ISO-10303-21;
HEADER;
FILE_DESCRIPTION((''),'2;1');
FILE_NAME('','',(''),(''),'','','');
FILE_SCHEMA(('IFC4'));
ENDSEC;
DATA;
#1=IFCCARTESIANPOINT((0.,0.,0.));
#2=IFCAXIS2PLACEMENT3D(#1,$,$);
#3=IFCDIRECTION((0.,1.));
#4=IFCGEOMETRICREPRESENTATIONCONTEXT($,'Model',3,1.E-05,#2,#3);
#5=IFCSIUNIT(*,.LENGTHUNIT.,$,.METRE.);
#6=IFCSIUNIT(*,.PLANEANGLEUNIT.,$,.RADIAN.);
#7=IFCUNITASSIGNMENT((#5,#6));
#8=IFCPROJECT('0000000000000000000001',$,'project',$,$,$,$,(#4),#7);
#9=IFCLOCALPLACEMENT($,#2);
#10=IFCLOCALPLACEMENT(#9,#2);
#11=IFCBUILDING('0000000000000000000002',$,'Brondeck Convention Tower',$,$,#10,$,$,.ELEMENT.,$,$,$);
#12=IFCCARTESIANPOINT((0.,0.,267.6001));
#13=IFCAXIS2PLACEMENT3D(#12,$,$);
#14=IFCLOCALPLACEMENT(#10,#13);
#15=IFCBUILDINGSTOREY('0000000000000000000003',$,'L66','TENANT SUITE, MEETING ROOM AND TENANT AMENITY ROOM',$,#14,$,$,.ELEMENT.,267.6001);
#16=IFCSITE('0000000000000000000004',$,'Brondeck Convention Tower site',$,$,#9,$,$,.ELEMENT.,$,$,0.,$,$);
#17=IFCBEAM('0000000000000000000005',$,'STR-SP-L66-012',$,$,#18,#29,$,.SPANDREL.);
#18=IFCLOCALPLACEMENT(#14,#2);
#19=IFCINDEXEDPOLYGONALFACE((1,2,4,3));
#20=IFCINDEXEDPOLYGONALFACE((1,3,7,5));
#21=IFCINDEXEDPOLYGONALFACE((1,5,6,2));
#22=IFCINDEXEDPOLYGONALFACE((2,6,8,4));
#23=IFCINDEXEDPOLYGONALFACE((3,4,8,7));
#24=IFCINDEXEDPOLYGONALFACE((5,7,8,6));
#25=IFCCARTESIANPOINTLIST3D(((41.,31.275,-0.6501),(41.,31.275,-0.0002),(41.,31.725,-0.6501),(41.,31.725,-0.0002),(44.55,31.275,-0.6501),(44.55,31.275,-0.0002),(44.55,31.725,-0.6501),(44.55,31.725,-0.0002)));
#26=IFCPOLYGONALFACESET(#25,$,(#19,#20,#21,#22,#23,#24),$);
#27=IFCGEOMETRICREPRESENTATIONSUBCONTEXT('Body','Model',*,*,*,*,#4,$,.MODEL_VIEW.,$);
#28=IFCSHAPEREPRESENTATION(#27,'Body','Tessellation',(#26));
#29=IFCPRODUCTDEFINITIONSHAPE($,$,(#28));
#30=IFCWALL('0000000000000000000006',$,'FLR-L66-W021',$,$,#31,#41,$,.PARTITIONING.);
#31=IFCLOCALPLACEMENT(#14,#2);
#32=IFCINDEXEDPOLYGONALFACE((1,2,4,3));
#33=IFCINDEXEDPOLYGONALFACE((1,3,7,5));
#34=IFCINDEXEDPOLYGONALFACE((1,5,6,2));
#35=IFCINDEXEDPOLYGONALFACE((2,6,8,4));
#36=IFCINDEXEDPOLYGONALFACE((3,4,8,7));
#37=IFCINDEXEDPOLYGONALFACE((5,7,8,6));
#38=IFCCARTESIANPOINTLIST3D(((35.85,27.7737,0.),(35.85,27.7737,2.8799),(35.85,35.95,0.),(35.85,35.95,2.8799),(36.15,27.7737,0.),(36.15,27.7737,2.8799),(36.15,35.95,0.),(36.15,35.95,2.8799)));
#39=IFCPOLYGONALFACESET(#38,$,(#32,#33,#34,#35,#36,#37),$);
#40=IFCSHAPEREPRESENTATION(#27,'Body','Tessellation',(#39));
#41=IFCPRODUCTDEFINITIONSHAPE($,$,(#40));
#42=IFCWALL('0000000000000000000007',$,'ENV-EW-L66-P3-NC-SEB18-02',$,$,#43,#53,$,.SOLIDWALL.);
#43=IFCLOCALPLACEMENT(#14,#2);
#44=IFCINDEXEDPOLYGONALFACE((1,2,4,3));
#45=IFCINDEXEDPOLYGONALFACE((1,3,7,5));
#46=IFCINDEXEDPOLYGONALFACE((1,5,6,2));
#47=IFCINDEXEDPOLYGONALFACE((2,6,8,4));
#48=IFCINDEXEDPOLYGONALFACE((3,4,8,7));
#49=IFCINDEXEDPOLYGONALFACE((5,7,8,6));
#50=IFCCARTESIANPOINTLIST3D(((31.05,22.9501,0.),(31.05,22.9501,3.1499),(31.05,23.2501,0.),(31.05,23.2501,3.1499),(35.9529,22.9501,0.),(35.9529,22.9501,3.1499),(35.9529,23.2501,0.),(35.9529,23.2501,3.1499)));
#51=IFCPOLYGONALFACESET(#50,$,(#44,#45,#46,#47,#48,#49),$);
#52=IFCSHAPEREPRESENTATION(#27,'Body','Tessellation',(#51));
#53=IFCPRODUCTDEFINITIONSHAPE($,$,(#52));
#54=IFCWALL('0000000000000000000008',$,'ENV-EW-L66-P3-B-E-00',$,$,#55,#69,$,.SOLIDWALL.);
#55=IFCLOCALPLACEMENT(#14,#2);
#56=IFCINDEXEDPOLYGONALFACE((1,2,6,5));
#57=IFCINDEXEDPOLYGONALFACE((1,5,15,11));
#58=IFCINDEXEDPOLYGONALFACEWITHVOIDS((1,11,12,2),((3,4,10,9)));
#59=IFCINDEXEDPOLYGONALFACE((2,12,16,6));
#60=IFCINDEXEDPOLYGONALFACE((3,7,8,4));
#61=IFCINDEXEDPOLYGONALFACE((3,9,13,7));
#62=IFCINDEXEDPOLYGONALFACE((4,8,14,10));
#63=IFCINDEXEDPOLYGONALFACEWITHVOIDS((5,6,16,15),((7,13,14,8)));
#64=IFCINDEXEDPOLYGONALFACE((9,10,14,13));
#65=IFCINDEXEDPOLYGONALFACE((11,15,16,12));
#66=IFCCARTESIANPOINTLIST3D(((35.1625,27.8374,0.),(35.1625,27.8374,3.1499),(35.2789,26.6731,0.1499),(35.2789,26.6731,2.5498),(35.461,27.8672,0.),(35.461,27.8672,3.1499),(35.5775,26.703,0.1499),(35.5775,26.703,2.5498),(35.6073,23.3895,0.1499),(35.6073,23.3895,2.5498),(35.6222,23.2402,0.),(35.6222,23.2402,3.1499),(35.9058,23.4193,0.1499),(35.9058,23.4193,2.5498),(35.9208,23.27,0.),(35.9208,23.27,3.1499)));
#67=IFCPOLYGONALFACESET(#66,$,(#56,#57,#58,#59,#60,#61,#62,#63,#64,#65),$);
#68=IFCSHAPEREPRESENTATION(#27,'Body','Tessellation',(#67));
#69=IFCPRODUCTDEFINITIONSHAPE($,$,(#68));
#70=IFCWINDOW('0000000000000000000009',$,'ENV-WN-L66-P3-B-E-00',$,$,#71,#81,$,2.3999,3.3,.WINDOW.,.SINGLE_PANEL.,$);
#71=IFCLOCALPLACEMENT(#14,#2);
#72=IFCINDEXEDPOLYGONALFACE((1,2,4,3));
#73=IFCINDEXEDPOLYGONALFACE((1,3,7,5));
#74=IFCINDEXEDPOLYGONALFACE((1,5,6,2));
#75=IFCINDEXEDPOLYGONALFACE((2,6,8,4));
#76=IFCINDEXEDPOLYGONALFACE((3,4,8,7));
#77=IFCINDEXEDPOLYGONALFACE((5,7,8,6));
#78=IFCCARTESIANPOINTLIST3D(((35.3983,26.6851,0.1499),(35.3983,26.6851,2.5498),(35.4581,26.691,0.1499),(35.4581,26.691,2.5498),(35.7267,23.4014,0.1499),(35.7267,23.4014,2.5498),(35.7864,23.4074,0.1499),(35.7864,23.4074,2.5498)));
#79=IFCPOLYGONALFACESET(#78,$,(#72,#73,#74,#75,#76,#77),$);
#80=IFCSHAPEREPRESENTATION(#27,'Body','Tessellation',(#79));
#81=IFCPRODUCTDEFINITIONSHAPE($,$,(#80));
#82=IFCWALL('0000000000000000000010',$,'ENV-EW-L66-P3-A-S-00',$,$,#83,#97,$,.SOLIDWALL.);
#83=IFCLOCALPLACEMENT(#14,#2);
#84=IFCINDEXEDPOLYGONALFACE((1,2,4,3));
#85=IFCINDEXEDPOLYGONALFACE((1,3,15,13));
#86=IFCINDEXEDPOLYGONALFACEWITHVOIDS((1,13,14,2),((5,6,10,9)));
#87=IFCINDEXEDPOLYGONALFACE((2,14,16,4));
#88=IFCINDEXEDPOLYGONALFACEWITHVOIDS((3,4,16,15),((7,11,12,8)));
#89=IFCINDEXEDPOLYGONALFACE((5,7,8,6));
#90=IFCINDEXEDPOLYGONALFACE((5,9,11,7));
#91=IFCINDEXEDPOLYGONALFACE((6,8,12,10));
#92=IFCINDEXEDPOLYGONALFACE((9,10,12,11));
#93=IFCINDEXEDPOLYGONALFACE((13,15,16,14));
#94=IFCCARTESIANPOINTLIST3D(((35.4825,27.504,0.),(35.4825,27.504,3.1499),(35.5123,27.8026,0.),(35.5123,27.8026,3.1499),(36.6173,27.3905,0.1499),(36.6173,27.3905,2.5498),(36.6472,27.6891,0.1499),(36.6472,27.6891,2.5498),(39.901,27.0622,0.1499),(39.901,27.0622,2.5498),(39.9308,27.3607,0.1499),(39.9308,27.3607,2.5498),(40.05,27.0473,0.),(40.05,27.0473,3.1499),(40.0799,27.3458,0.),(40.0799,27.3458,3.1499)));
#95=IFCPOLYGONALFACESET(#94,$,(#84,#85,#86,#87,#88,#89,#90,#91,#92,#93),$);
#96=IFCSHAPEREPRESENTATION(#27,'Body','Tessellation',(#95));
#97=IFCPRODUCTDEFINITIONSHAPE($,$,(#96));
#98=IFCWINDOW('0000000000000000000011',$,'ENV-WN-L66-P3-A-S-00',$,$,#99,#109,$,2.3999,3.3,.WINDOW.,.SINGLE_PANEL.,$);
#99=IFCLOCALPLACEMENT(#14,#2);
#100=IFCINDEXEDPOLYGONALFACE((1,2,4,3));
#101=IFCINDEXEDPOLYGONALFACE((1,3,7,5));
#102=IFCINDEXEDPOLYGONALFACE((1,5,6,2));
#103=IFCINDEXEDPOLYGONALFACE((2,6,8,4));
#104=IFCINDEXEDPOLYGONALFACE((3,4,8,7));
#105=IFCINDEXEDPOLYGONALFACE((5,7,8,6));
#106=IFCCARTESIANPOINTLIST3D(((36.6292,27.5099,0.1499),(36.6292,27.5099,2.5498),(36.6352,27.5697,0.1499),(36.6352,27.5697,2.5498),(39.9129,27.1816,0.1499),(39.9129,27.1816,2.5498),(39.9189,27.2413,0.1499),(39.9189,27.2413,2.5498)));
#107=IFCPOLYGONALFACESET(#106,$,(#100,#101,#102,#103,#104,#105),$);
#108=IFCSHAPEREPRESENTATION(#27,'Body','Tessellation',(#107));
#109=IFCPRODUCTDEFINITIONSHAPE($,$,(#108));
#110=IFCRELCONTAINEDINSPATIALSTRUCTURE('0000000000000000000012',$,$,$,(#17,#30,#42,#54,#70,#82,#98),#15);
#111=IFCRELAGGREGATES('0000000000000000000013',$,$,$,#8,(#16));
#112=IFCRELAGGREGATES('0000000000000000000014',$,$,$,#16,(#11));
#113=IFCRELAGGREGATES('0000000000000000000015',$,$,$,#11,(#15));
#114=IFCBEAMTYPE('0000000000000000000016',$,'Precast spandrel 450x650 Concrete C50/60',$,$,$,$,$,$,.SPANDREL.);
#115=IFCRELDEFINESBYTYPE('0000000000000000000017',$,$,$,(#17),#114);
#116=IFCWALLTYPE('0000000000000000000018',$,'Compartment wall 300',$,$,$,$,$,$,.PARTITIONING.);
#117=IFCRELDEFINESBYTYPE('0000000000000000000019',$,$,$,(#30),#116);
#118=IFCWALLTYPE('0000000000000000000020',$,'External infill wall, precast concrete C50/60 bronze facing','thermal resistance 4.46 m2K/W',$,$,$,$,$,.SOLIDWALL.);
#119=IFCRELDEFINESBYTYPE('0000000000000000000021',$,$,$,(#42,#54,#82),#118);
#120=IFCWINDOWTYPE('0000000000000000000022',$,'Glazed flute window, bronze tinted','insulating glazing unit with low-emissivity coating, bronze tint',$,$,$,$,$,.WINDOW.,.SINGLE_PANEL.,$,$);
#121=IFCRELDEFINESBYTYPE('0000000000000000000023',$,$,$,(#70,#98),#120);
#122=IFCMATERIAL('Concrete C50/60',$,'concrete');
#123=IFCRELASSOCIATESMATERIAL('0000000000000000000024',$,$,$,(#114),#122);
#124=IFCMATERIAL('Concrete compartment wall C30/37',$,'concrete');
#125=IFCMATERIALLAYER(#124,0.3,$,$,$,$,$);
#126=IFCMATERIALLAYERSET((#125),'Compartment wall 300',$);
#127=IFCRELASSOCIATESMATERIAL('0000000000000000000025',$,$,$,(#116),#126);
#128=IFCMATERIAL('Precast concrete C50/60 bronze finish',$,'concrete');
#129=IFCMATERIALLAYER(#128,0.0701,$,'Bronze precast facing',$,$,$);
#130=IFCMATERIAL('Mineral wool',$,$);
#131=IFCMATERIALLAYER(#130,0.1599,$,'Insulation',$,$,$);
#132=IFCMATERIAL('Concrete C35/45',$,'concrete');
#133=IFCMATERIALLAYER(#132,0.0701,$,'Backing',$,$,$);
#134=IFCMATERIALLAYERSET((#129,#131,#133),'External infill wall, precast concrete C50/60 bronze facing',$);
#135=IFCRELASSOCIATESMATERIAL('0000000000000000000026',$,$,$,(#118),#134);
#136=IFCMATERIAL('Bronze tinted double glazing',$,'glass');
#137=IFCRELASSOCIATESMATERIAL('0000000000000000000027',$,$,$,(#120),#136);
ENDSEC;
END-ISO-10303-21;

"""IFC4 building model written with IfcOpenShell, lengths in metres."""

from ifc_helpers import new_model, si_unit, direction, frame, frame_2d, origin, origin_2d, place, context, subcontext, project, spatial, rectangle, extrude, material, layer, layer_set, material_profile, profile_set, type_object, element, fill, save


model = new_model("IFC4")

# Units and contexts
model_context = context("Model", 3, precision=1e-05, world=origin(), true_north=direction((0.0, 1.0)))
body_context = subcontext(model_context, "Body", "Model", "MODEL_VIEW")
ifc_project = project(units=[si_unit("LENGTHUNIT", "METRE"), si_unit("PLANEANGLEUNIT", "RADIAN")], contexts=[model_context])

# Site, building, storey
site_placement = place(None, origin())
site = spatial("IfcSite", under=ifc_project, at=site_placement, Name="Brondeck Convention Tower site", CompositionType="ELEMENT", RefElevation=0.0)
building_placement = place(site_placement, origin())
building = spatial("IfcBuilding", under=site, at=building_placement, Name="Brondeck Convention Tower", CompositionType="ELEMENT")
storey_placement = place(building_placement, frame((0.0, 0.0, 267.6001)))
storey = spatial("IfcBuildingStorey", under=building, at=storey_placement, Name="L66", Description="TENANT SUITE, MEETING ROOM AND TENANT AMENITY ROOM", CompositionType="ELEMENT", Elevation=267.6001)

# Shared definitions
ifc_material_1 = material(Name="Concrete C50/60", Category="concrete")

# Beam
ifc_material_profile_1 = material_profile(ifc_material_1, rectangle(XDim=0.45, YDim=0.6499, at=origin_2d()), Name="Precast spandrel 450x650 Concrete C50/60")
ifc_profile_set_1 = profile_set([ifc_material_profile_1], Name="Concrete C50/60")
beam_type_1 = type_object("IfcBeamType", Name="Precast spandrel 450x650 Concrete C50/60", PredefinedType="SPANDREL", material=ifc_profile_set_1)
beam_1_placement = place(storey_placement, frame((41.0, 31.5, -0.3252), z_axis=(1.0, 0.0, 0.0), x_axis=(0.0, 1.0, 0.0)))
element("IfcBeam", 1, at=beam_1_placement, inside=storey, type_object=beam_type_1, Name="STR-SP-L66-012", PredefinedType="SPANDREL", context=body_context, shape_type="SweptSolid", body=[
    extrude(rectangle(XDim=0.45, YDim=0.6499, at=origin_2d()), origin(), (0.0, 0.0, 1.0), 3.55),
])

# Walls
ifc_material_2 = material(Name="Concrete compartment wall C30/37", Category="concrete")
ifc_layer_1 = layer(ifc_material_2, 0.3)
ifc_layer_set_1 = layer_set([ifc_layer_1], Name="Compartment wall 300")
wall_type_1 = type_object("IfcWallType", Name="Compartment wall 300", PredefinedType="PARTITIONING", material=ifc_layer_set_1)
wall_1_placement = place(storey_placement, frame((36.0, 27.7737, 0.0), z_axis=(0.0, 0.0, 1.0), x_axis=(0.0, 1.0, 0.0)))
element("IfcWall", 2, at=wall_1_placement, inside=storey, type_object=wall_type_1, Name="FLR-L66-W021", PredefinedType="PARTITIONING", context=body_context, shape_type="SweptSolid", body=[
    extrude(rectangle(XDim=8.1763, YDim=0.3, at=frame_2d((4.0881, 0.0))), origin(), (0.0, 0.0, 1.0), 2.8799),
])
ifc_material_3 = material(Name="Precast concrete C50/60 bronze finish", Category="concrete")
ifc_layer_2 = layer(ifc_material_3, 0.0701, Name="Bronze precast facing")
ifc_material_4 = material(Name="Mineral wool")
ifc_layer_3 = layer(ifc_material_4, 0.1599, Name="Insulation")
ifc_material_5 = material(Name="Concrete C35/45", Category="concrete")
ifc_layer_4 = layer(ifc_material_5, 0.0701, Name="Backing")
ifc_layer_set_2 = layer_set([ifc_layer_2, ifc_layer_3, ifc_layer_4], Name="External infill wall, precast concrete C50/60 bronze facing")
wall_type_2 = type_object("IfcWallType", Name="External infill wall, precast concrete C50/60 bronze facing", Description="thermal resistance 4.46 m2K/W", PredefinedType="SOLIDWALL", material=ifc_layer_set_2)
wall_2_placement = place(storey_placement, frame((35.9529, 23.1001, 0.0), z_axis=(0.0, 0.0, 1.0), x_axis=(-1.0, 0.0, 0.0)))
element("IfcWall", 3, at=wall_2_placement, inside=storey, type_object=wall_type_2, Name="ENV-EW-L66-P3-NC-SEB18-02", PredefinedType="SOLIDWALL", context=body_context, shape_type="SweptSolid", body=[
    extrude(rectangle(XDim=4.9028, YDim=0.3, at=frame_2d((2.4514, 0.0))), origin(), (0.0, 0.0, 1.0), 3.1499),
])

# Walls, openings, windows
wall_3_placement = place(storey_placement, frame((35.3118, 27.8523, 0.0), z_axis=(0.0, 0.0, 1.0), x_axis=(0.099504, -0.995037, 0.0)))
wall_3 = element("IfcWall", 4, at=wall_3_placement, inside=storey, type_object=wall_type_2, Name="ENV-EW-L66-P3-B-E-00", PredefinedType="SOLIDWALL", context=body_context, shape_type="SweptSolid", body=[
    extrude(rectangle(XDim=4.6201, YDim=0.3, at=frame_2d((2.3101, 0.0))), origin(), (0.0, 0.0, 1.0), 3.1499),
])
opening_1_placement = place(wall_3_placement, frame((1.1702, 0.0, 0.1499)))
opening_1 = element("IfcOpeningElement", 5, at=opening_1_placement, cuts=wall_3, PredefinedType="OPENING", context=body_context, shape_type="SweptSolid", body=[
    extrude(rectangle(XDim=3.3, YDim=2.3999, at=frame_2d((1.6499, 1.2))), frame((0.0, 0.1599, 0.0), z_axis=(0.0, -1.0, 0.0), x_axis=(1.0, 0.0, 0.0)), (0.0, 0.0, 1.0), 0.3201),
])
ifc_material_6 = material(Name="Bronze tinted double glazing", Category="glass")
window_type = type_object("IfcWindowType", Name="Glazed flute window, bronze tinted", Description="insulating glazing unit with low-emissivity coating, bronze tint", PartitioningType="SINGLE_PANEL", PredefinedType="WINDOW", material=ifc_material_6)
window_1_placement = place(opening_1_placement, origin())
window_1 = element("IfcWindow", 6, at=window_1_placement, inside=storey, type_object=window_type, Name="ENV-WN-L66-P3-B-E-00", OverallHeight=2.3999, OverallWidth=3.3, PartitioningType="SINGLE_PANEL", PredefinedType="WINDOW", context=body_context, shape_type="SweptSolid", body=[
    extrude(rectangle(XDim=3.3, YDim=2.3999, at=frame_2d((1.6499, 1.2))), frame((0.0, 0.03, 0.0), z_axis=(0.0, -1.0, 0.0), x_axis=(1.0, 0.0, 0.0)), (0.0, 0.0, 1.0), 0.0601),
])
fill(opening_1, window_1)
wall_4_placement = place(storey_placement, frame((40.0649, 27.1965, 0.0), z_axis=(0.0, 0.0, 1.0), x_axis=(-0.995037, 0.099509, 0.0)))
wall_4 = element("IfcWall", 7, at=wall_4_placement, inside=storey, type_object=wall_type_2, Name="ENV-EW-L66-P3-A-S-00", PredefinedType="SOLIDWALL", context=body_context, shape_type="SweptSolid", body=[
    extrude(rectangle(XDim=4.5903, YDim=0.3, at=frame_2d((2.2952, 0.0))), origin(), (0.0, 0.0, 1.0), 3.1499),
])
opening_2_placement = place(wall_4_placement, frame((0.1499, 0.0, 0.1499)))
opening_2 = element("IfcOpeningElement", 8, at=opening_2_placement, cuts=wall_4, PredefinedType="OPENING", context=body_context, shape_type="SweptSolid", body=[
    extrude(rectangle(XDim=3.3, YDim=2.3999, at=frame_2d((1.6499, 1.2))), frame((0.0, 0.1599, 0.0), z_axis=(0.0, -1.0, 0.0), x_axis=(1.0, 0.0, 0.0)), (0.0, 0.0, 1.0), 0.3201),
])
window_2_placement = place(opening_2_placement, origin())
window_2 = element("IfcWindow", 9, at=window_2_placement, inside=storey, type_object=window_type, Name="ENV-WN-L66-P3-A-S-00", OverallHeight=2.3999, OverallWidth=3.3, PartitioningType="SINGLE_PANEL", PredefinedType="WINDOW", context=body_context, shape_type="SweptSolid", body=[
    extrude(rectangle(XDim=3.3, YDim=2.3999, at=frame_2d((1.6499, 1.2))), frame((0.0, 0.03, 0.0), z_axis=(0.0, -1.0, 0.0), x_axis=(1.0, 0.0, 0.0)), (0.0, 0.0, 1.0), 0.0601),
])
fill(opening_2, window_2)

save(model, "model.ifc")
